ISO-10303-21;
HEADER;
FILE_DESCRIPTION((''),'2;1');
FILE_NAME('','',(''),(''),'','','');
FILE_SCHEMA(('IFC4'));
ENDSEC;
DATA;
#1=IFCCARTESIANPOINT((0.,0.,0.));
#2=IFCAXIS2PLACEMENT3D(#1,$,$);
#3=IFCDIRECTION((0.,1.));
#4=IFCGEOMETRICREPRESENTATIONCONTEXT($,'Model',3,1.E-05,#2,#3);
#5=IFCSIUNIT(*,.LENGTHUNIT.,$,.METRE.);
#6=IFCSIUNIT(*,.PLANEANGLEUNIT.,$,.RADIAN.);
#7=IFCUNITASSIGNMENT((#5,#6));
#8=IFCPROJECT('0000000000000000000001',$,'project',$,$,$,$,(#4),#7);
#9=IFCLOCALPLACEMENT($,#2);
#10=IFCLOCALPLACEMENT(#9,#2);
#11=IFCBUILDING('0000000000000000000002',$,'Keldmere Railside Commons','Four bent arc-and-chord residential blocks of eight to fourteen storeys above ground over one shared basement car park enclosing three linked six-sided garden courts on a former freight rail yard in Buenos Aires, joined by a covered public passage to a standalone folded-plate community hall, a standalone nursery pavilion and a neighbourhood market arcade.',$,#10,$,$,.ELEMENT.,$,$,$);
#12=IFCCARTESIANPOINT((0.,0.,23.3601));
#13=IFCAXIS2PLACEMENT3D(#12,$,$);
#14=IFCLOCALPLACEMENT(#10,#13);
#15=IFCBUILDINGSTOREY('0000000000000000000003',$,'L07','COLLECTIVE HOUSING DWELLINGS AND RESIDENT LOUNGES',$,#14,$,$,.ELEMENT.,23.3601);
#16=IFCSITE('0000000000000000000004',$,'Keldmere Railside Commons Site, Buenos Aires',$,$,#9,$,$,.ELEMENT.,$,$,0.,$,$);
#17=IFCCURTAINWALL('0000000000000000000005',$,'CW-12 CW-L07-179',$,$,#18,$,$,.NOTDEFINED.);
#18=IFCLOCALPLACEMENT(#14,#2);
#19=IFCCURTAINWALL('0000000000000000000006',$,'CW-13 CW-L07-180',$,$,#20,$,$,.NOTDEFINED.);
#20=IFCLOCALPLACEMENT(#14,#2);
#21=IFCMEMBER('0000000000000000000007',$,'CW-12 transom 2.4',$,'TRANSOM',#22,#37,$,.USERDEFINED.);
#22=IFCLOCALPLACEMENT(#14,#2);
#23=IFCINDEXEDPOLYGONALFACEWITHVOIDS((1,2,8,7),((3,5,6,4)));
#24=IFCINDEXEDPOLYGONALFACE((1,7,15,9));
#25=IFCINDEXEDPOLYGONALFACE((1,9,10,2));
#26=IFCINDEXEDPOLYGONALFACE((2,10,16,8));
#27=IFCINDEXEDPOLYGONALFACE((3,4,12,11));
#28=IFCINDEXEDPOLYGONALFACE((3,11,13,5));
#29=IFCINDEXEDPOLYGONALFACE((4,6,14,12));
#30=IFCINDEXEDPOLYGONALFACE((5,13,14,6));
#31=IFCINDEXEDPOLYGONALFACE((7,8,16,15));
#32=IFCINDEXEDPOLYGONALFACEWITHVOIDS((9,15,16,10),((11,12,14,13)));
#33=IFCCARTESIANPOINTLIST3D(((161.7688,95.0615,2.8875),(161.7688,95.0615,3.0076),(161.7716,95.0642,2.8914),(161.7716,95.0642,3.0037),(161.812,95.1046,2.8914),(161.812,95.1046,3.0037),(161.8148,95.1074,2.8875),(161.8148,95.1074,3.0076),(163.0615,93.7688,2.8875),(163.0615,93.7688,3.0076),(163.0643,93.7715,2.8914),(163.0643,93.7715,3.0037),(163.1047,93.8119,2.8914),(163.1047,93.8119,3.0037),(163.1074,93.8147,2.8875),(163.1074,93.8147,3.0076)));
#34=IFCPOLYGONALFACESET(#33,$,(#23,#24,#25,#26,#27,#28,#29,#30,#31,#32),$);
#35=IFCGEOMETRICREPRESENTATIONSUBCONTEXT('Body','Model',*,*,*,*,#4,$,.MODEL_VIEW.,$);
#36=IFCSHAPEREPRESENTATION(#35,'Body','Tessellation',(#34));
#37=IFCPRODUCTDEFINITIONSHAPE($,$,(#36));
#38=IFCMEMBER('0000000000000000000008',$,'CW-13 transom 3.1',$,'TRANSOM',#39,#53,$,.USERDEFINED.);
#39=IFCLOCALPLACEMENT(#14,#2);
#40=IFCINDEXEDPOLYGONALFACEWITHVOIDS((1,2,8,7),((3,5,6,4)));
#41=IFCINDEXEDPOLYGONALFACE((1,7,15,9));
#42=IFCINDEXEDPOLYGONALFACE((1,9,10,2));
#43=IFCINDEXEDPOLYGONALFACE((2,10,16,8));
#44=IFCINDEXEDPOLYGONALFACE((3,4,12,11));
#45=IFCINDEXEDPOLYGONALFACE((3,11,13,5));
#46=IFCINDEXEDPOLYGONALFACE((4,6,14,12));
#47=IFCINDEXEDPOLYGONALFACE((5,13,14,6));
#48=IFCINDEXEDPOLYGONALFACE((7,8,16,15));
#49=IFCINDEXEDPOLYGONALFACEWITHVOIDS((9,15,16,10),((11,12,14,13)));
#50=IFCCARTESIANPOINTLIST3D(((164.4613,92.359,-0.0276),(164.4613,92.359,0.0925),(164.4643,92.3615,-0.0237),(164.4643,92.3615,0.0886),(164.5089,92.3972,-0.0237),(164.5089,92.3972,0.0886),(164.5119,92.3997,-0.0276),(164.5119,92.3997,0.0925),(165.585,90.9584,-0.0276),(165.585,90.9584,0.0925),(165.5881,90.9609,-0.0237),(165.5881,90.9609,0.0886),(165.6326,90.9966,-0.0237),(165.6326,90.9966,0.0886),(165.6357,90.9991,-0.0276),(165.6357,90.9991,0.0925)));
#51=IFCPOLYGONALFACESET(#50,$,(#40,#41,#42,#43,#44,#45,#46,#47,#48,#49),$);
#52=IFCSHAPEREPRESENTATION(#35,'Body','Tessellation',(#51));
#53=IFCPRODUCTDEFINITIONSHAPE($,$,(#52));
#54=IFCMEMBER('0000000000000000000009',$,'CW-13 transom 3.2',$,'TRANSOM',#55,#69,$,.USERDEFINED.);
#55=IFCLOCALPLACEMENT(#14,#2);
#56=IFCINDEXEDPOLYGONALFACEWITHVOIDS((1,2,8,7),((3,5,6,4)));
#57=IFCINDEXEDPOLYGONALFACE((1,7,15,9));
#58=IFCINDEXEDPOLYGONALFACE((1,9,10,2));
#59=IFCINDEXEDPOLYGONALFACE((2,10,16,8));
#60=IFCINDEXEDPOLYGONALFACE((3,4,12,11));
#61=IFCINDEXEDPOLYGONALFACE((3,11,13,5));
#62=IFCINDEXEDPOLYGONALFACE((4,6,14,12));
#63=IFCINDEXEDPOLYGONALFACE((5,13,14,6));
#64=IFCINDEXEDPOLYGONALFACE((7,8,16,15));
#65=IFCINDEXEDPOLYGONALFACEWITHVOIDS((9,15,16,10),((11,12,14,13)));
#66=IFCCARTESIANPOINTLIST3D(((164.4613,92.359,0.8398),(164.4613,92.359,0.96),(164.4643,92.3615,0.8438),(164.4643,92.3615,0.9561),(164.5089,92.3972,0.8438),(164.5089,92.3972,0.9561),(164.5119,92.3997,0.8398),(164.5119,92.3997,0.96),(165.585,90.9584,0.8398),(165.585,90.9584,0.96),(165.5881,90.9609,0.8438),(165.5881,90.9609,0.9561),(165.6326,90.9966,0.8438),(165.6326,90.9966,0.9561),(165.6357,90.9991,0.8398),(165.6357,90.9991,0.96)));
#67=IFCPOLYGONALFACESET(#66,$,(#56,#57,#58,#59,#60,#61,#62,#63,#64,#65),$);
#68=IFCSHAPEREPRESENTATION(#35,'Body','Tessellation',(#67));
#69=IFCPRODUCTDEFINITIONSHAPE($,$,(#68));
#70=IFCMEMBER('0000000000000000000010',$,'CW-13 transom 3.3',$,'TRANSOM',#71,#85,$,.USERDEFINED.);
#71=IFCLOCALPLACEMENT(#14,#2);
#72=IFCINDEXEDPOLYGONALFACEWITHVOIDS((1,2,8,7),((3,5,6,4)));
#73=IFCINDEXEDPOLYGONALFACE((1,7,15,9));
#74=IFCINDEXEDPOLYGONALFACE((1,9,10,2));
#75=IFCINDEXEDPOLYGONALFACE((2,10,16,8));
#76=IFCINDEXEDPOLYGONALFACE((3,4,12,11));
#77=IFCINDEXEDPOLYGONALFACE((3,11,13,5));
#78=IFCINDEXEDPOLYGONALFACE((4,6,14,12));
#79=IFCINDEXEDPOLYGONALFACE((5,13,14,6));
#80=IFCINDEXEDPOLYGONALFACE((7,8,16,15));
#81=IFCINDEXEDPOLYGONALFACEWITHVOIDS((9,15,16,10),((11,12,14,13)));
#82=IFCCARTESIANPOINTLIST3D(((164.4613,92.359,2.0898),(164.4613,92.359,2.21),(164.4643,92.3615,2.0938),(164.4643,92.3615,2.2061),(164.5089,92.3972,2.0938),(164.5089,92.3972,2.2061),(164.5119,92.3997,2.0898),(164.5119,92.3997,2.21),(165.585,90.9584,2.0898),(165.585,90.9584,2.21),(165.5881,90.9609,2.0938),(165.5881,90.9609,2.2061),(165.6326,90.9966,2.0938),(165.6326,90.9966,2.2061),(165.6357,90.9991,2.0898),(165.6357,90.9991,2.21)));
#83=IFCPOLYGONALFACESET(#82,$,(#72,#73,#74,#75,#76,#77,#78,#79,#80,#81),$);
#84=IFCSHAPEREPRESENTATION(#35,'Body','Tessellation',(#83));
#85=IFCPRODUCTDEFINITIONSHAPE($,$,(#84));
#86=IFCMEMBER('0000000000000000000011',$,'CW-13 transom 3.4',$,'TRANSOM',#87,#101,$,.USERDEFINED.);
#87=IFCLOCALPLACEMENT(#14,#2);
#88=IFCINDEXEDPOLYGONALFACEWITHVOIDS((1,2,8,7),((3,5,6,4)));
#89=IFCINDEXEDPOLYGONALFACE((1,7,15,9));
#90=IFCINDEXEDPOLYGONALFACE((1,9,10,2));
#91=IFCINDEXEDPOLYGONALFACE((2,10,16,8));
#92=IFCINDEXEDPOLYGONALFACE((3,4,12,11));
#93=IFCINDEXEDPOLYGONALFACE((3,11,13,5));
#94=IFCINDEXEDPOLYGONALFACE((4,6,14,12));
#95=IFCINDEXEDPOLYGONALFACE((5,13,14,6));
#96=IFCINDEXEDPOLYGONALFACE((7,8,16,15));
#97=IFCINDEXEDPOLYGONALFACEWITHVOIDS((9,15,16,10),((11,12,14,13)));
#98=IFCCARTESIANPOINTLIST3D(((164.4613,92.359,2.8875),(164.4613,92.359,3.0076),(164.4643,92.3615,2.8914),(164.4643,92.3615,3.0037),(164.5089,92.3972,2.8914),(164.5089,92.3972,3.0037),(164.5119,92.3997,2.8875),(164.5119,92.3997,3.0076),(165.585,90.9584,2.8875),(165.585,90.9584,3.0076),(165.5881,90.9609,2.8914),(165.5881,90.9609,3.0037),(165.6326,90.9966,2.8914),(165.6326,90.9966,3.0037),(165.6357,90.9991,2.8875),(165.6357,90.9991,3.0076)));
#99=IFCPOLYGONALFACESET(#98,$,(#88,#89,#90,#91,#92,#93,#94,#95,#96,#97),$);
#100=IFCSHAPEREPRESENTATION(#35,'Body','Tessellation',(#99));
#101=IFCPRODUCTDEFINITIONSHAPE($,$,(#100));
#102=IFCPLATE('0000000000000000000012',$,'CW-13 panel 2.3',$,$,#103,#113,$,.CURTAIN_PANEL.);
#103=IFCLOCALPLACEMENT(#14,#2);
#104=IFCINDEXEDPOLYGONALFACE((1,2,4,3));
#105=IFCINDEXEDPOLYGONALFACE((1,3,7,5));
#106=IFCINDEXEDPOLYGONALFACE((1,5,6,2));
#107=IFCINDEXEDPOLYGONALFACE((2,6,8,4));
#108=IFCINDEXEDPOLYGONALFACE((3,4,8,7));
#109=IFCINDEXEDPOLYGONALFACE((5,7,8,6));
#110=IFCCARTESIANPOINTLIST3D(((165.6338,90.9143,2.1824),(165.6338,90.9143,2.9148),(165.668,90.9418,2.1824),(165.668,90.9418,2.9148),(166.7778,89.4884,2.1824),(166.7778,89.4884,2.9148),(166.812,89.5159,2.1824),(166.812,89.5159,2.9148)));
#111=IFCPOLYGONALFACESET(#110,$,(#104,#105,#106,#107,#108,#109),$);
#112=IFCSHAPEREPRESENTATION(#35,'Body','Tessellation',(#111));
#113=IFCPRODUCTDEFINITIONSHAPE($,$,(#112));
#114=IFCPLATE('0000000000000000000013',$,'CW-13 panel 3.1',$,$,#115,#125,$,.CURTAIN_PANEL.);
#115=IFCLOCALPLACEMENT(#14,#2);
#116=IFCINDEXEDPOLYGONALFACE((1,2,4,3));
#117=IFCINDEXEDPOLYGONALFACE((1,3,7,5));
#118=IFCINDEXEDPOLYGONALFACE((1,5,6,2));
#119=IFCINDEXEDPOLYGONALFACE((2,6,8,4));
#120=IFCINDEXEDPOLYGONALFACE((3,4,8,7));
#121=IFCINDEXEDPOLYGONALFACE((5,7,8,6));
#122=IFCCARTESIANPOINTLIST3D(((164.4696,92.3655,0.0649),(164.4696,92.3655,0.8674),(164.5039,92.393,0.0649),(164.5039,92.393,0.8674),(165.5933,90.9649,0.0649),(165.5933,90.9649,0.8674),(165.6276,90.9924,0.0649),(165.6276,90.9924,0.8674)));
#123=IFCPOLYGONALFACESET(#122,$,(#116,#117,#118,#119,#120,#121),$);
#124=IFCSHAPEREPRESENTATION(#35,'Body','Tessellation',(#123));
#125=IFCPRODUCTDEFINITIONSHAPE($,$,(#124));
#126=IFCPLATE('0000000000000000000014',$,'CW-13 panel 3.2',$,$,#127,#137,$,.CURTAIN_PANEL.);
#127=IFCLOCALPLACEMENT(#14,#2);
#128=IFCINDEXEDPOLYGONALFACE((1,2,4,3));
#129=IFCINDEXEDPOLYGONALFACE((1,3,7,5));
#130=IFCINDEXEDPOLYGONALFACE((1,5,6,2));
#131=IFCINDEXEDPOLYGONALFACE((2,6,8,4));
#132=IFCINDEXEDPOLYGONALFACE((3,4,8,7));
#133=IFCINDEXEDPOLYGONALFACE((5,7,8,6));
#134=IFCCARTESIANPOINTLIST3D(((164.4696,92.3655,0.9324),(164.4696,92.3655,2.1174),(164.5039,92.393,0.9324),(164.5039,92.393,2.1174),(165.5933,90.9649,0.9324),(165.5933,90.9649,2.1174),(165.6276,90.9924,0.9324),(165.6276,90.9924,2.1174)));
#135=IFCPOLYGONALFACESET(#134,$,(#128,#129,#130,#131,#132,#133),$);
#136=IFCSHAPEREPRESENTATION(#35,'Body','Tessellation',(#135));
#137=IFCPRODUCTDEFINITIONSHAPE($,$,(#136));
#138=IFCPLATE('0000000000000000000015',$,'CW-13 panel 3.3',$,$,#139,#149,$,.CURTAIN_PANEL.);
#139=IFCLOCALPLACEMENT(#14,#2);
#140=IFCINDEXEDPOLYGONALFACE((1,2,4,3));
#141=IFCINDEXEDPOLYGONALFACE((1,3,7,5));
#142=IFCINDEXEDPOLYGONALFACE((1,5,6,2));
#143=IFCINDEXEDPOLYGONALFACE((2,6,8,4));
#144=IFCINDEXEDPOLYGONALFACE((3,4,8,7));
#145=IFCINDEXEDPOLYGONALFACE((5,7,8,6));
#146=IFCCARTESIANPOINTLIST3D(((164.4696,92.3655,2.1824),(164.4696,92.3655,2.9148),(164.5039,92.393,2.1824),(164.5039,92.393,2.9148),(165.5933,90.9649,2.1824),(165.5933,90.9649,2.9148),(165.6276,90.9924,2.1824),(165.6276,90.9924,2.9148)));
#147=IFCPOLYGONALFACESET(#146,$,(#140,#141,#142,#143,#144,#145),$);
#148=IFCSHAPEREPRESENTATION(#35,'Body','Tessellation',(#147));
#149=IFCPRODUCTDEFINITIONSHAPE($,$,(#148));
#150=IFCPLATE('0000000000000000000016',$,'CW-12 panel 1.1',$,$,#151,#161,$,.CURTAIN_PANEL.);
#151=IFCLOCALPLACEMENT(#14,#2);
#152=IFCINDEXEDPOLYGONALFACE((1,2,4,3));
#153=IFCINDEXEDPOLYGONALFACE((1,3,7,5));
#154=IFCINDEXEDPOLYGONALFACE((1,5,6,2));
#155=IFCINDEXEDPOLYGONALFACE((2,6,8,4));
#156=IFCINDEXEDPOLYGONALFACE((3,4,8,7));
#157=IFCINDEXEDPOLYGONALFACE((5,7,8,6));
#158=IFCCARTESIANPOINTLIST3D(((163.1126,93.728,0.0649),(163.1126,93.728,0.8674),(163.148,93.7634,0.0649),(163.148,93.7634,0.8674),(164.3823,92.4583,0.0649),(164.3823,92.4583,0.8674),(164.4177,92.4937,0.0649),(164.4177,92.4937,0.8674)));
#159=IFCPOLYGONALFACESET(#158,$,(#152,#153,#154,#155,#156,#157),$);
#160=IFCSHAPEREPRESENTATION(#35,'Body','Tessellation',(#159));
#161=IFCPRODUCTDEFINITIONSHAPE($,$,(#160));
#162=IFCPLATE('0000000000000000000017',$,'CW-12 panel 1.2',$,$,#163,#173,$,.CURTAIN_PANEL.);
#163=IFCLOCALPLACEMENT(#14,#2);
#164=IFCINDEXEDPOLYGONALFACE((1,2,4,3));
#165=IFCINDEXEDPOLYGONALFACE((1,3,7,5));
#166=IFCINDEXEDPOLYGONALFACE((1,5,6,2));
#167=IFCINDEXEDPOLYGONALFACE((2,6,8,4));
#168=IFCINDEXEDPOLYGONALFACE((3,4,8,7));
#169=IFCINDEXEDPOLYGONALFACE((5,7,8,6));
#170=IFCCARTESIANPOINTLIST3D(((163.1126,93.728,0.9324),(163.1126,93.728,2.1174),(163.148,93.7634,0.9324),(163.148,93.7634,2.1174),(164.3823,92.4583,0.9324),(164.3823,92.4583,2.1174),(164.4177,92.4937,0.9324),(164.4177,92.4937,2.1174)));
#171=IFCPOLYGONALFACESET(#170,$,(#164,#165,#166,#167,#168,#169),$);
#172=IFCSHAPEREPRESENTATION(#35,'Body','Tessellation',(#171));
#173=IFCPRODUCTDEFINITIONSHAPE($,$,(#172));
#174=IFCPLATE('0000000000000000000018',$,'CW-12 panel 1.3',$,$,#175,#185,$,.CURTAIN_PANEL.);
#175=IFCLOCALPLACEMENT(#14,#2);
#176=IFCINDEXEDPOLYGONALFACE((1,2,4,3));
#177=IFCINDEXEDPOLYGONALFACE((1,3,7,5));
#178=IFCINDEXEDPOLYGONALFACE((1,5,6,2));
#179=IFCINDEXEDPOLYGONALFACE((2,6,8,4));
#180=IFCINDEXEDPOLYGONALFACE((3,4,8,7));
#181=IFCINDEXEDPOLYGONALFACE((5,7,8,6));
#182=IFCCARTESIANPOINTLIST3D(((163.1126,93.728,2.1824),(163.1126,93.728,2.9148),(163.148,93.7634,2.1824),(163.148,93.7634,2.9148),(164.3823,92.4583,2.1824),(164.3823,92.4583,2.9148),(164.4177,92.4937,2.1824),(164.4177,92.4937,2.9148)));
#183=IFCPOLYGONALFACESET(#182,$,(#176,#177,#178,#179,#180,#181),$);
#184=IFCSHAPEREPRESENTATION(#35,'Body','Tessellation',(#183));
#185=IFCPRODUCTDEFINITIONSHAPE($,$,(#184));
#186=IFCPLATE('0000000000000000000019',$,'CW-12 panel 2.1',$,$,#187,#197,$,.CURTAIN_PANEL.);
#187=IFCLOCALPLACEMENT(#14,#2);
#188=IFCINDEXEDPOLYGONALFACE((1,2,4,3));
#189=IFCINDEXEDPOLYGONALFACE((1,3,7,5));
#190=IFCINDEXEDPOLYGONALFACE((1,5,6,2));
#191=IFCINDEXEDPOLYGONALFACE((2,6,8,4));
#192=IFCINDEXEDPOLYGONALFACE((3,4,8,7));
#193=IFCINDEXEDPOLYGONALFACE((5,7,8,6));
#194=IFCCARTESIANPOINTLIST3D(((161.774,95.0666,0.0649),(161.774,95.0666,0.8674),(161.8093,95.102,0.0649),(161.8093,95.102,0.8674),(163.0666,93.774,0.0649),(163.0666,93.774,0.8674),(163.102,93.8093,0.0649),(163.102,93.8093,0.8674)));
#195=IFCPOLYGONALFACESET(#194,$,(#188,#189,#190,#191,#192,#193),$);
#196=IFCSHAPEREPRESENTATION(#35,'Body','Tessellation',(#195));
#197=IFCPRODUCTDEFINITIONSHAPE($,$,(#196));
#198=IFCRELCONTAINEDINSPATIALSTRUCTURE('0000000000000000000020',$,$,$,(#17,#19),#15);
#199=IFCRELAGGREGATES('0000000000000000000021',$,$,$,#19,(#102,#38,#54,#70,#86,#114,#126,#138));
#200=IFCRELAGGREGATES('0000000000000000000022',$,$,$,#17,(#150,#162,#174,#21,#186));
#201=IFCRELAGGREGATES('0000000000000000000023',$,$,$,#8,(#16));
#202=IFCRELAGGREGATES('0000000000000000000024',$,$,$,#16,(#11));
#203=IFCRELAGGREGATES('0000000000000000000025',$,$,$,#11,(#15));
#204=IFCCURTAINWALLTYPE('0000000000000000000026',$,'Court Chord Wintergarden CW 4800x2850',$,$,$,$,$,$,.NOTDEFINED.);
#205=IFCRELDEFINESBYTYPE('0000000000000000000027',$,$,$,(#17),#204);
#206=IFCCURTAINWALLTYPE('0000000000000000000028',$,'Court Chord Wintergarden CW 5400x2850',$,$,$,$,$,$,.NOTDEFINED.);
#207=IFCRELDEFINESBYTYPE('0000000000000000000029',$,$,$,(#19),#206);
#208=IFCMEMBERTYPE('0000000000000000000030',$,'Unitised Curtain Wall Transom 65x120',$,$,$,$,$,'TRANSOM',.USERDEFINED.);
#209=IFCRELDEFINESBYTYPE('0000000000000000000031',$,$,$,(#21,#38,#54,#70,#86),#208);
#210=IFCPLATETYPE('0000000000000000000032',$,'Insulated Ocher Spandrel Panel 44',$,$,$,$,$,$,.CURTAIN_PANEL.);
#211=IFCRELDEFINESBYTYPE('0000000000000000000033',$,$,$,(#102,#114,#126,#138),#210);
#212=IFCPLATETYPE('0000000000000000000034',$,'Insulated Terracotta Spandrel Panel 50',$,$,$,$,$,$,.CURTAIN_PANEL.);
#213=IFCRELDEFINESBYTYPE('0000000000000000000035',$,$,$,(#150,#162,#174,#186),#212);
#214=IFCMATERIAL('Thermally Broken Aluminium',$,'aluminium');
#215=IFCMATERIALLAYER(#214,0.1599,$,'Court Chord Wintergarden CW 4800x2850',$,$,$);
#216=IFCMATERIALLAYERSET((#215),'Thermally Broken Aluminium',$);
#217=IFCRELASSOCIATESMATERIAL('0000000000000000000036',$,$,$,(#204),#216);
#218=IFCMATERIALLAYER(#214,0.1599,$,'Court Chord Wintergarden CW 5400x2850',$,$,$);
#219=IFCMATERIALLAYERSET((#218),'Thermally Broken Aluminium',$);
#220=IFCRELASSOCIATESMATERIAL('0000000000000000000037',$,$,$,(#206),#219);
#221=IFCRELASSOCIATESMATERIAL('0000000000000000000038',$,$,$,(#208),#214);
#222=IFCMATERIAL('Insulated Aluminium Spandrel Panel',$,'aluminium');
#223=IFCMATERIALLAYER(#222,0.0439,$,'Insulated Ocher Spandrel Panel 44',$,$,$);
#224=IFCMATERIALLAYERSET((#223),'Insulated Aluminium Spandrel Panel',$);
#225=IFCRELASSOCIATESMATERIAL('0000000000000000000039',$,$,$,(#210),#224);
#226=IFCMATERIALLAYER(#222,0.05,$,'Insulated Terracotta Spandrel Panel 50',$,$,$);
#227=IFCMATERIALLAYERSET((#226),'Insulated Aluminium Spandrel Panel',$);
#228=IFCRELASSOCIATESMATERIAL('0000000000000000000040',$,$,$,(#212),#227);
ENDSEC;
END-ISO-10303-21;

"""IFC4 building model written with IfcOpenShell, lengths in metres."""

from ifc_helpers import new_model, si_unit, direction, frame, origin, origin_2d, place, context, subcontext, project, spatial, rectangle, hollow_rectangle, extrude, material, layer, layer_set, material_profile, profile_set, type_object, element, aggregate, save


model = new_model("IFC4")

# Units and contexts
model_context = context("Model", 3, precision=1e-05, world=origin(), true_north=direction((0.0, 1.0)))
body_context = subcontext(model_context, "Body", "Model", "MODEL_VIEW")
ifc_project = project(units=[si_unit("LENGTHUNIT", "METRE"), si_unit("PLANEANGLEUNIT", "RADIAN")], contexts=[model_context])

# Site, building, storey
site_placement = place(None, origin())
site = spatial("IfcSite", under=ifc_project, at=site_placement, Name="Keldmere Railside Commons Site, Buenos Aires", CompositionType="ELEMENT", RefElevation=0.0)
building_placement = place(site_placement, origin())
building = spatial("IfcBuilding", under=site, at=building_placement, Name="Keldmere Railside Commons", Description="Four bent arc-and-chord residential blocks of eight to fourteen storeys above ground over one shared basement car park enclosing three linked six-sided garden courts on a former freight rail yard in Buenos Aires, joined by a covered public passage to a standalone folded-plate community hall, a standalone nursery pavilion and a neighbourhood market arcade.", CompositionType="ELEMENT")
storey_placement = place(building_placement, frame((0.0, 0.0, 23.3601)))
storey = spatial("IfcBuildingStorey", under=building, at=storey_placement, Name="L07", Description="COLLECTIVE HOUSING DWELLINGS AND RESIDENT LOUNGES", CompositionType="ELEMENT", Elevation=23.3601)

# Curtain walls
ifc_material_1 = material(Name="Thermally Broken Aluminium", Category="aluminium")
ifc_layer_1 = layer(ifc_material_1, 0.1599, Name="Court Chord Wintergarden CW 4800x2850")
ifc_layer_set_1 = layer_set([ifc_layer_1], Name="Thermally Broken Aluminium")
curtain_wall_type_1 = type_object("IfcCurtainWallType", Name="Court Chord Wintergarden CW 4800x2850", PredefinedType="NOTDEFINED", material=ifc_layer_set_1)
curtain_wall_1_placement = place(storey_placement, origin())
curtain_wall_1 = element("IfcCurtainWall", 1, at=curtain_wall_1_placement, inside=storey, type_object=curtain_wall_type_1, Name="CW-12 CW-L07-179", PredefinedType="NOTDEFINED")
ifc_layer_2 = layer(ifc_material_1, 0.1599, Name="Court Chord Wintergarden CW 5400x2850")
ifc_layer_set_2 = layer_set([ifc_layer_2], Name="Thermally Broken Aluminium")
curtain_wall_type_2 = type_object("IfcCurtainWallType", Name="Court Chord Wintergarden CW 5400x2850", PredefinedType="NOTDEFINED", material=ifc_layer_set_2)
curtain_wall_2_placement = place(storey_placement, origin())
curtain_wall_2 = element("IfcCurtainWall", 2, at=curtain_wall_2_placement, inside=storey, type_object=curtain_wall_type_2, Name="CW-13 CW-L07-180", PredefinedType="NOTDEFINED")

# Members
ifc_material_profile_1 = material_profile(ifc_material_1, hollow_rectangle(XDim=0.0649, YDim=0.1201, WallThickness=0.0039, at=origin_2d()), Name="ALU-TRAN-65x120")
ifc_profile_set_1 = profile_set([ifc_material_profile_1], Name="Thermally Broken Aluminium")
member_type_1 = type_object("IfcMemberType", Name="Unitised Curtain Wall Transom 65x120", ElementType="TRANSOM", PredefinedType="USERDEFINED", material=ifc_profile_set_1)
member_1_placement = place(storey_placement, frame((163.0845, 93.7917, 2.9475), z_axis=(-0.707107, 0.707107, 0.0), x_axis=(-0.707107, -0.707107, 0.0)))
member_1 = element("IfcMember", 3, at=member_1_placement, type_object=member_type_1, Name="CW-12 transom 2.4", ObjectType="TRANSOM", PredefinedType="USERDEFINED", context=body_context, shape_type="SweptSolid", body=[
    extrude(hollow_rectangle(XDim=0.0649, YDim=0.1201, WallThickness=0.0039, at=origin_2d()), origin(), (0.0, 0.0, 1.0), 1.8281),
])
member_2_placement = place(storey_placement, frame((165.6104, 90.9788, 0.0325), z_axis=(-0.625805, 0.779979, 0.0), x_axis=(-0.779979, -0.625805, 0.0)))
member_2 = element("IfcMember", 4, at=member_2_placement, type_object=member_type_1, Name="CW-13 transom 3.1", ObjectType="TRANSOM", PredefinedType="USERDEFINED", context=body_context, shape_type="SweptSolid", body=[
    extrude(hollow_rectangle(XDim=0.0649, YDim=0.1201, WallThickness=0.0039, at=origin_2d()), origin(), (0.0, 0.0, 1.0), 1.7957),
])
member_3_placement = place(storey_placement, frame((165.6104, 90.9788, 0.8999), z_axis=(-0.625805, 0.779979, 0.0), x_axis=(-0.779979, -0.625805, 0.0)))
member_3 = element("IfcMember", 5, at=member_3_placement, type_object=member_type_1, Name="CW-13 transom 3.2", ObjectType="TRANSOM", PredefinedType="USERDEFINED", context=body_context, shape_type="SweptSolid", body=[
    extrude(hollow_rectangle(XDim=0.0649, YDim=0.1201, WallThickness=0.0039, at=origin_2d()), origin(), (0.0, 0.0, 1.0), 1.7957),
])
member_4_placement = place(storey_placement, frame((165.6104, 90.9788, 2.1499), z_axis=(-0.625805, 0.779979, 0.0), x_axis=(-0.779979, -0.625805, 0.0)))
member_4 = element("IfcMember", 6, at=member_4_placement, type_object=member_type_1, Name="CW-13 transom 3.3", ObjectType="TRANSOM", PredefinedType="USERDEFINED", context=body_context, shape_type="SweptSolid", body=[
    extrude(hollow_rectangle(XDim=0.0649, YDim=0.1201, WallThickness=0.0039, at=origin_2d()), origin(), (0.0, 0.0, 1.0), 1.7957),
])
member_5_placement = place(storey_placement, frame((165.6104, 90.9788, 2.9475), z_axis=(-0.625805, 0.779979, 0.0), x_axis=(-0.779979, -0.625805, 0.0)))
member_5 = element("IfcMember", 7, at=member_5_placement, type_object=member_type_1, Name="CW-13 transom 3.4", ObjectType="TRANSOM", PredefinedType="USERDEFINED", context=body_context, shape_type="SweptSolid", body=[
    extrude(hollow_rectangle(XDim=0.0649, YDim=0.1201, WallThickness=0.0039, at=origin_2d()), origin(), (0.0, 0.0, 1.0), 1.7957),
])

# Plates
ifc_material_2 = material(Name="Insulated Aluminium Spandrel Panel", Category="aluminium")
ifc_layer_3 = layer(ifc_material_2, 0.0439, Name="Insulated Ocher Spandrel Panel 44")
ifc_layer_set_3 = layer_set([ifc_layer_3], Name="Insulated Aluminium Spandrel Panel")
plate_type_1 = type_object("IfcPlateType", Name="Insulated Ocher Spandrel Panel 44", PredefinedType="CURTAIN_PANEL", material=ifc_layer_set_3)
plate_1_placement = place(storey_placement, frame((166.2229, 90.2151, 2.1824), z_axis=(0.0, 0.0, 1.0), x_axis=(-0.625768, 0.780009, 0.0)))
plate_1 = element("IfcPlate", 8, at=plate_1_placement, type_object=plate_type_1, Name="CW-13 panel 2.3", PredefinedType="CURTAIN_PANEL", context=body_context, shape_type="SweptSolid", body=[
    extrude(rectangle(XDim=1.8281, YDim=0.0439, at=origin_2d()), origin(), (0.0, 0.0, 1.0), 0.7324),
])
plate_2_placement = place(storey_placement, frame((165.0486, 91.679, 0.0649), z_axis=(0.0, 0.0, 1.0), x_axis=(-0.625768, 0.780009, 0.0)))
plate_2 = element("IfcPlate", 9, at=plate_2_placement, type_object=plate_type_1, Name="CW-13 panel 3.1", PredefinedType="CURTAIN_PANEL", context=body_context, shape_type="SweptSolid", body=[
    extrude(rectangle(XDim=1.7957, YDim=0.0439, at=origin_2d()), origin(), (0.0, 0.0, 1.0), 0.8025),
])
plate_3_placement = place(storey_placement, frame((165.0486, 91.679, 0.9324), z_axis=(0.0, 0.0, 1.0), x_axis=(-0.625768, 0.780009, 0.0)))
plate_3 = element("IfcPlate", 10, at=plate_3_placement, type_object=plate_type_1, Name="CW-13 panel 3.2", PredefinedType="CURTAIN_PANEL", context=body_context, shape_type="SweptSolid", body=[
    extrude(rectangle(XDim=1.7957, YDim=0.0439, at=origin_2d()), origin(), (0.0, 0.0, 1.0), 1.1851),
])
plate_4_placement = place(storey_placement, frame((165.0486, 91.679, 2.1824), z_axis=(0.0, 0.0, 1.0), x_axis=(-0.625768, 0.780009, 0.0)))
plate_4 = element("IfcPlate", 11, at=plate_4_placement, type_object=plate_type_1, Name="CW-13 panel 3.3", PredefinedType="CURTAIN_PANEL", context=body_context, shape_type="SweptSolid", body=[
    extrude(rectangle(XDim=1.7957, YDim=0.0439, at=origin_2d()), origin(), (0.0, 0.0, 1.0), 0.7324),
])
aggregate(curtain_wall_2, [plate_1, member_2, member_3, member_4, member_5, plate_2, plate_3, plate_4])
ifc_layer_4 = layer(ifc_material_2, 0.05, Name="Insulated Terracotta Spandrel Panel 50")
ifc_layer_set_4 = layer_set([ifc_layer_4], Name="Insulated Aluminium Spandrel Panel")
plate_type_2 = type_object("IfcPlateType", Name="Insulated Terracotta Spandrel Panel 50", PredefinedType="CURTAIN_PANEL", material=ifc_layer_set_4)
plate_5_placement = place(storey_placement, frame((163.7651, 93.1108, 0.0649), z_axis=(0.0, 0.0, 1.0), x_axis=(-0.707107, 0.707107, 0.0)))
plate_5 = element("IfcPlate", 12, at=plate_5_placement, type_object=plate_type_2, Name="CW-12 panel 1.1", PredefinedType="CURTAIN_PANEL", context=body_context, shape_type="SweptSolid", body=[
    extrude(rectangle(XDim=1.7957, YDim=0.05, at=origin_2d()), origin(), (0.0, 0.0, 1.0), 0.8025),
])
plate_6_placement = place(storey_placement, frame((163.7651, 93.1108, 0.9324), z_axis=(0.0, 0.0, 1.0), x_axis=(-0.707107, 0.707107, 0.0)))
plate_6 = element("IfcPlate", 13, at=plate_6_placement, type_object=plate_type_2, Name="CW-12 panel 1.2", PredefinedType="CURTAIN_PANEL", context=body_context, shape_type="SweptSolid", body=[
    extrude(rectangle(XDim=1.7957, YDim=0.05, at=origin_2d()), origin(), (0.0, 0.0, 1.0), 1.1851),
])
plate_7_placement = place(storey_placement, frame((163.7651, 93.1108, 2.1824), z_axis=(0.0, 0.0, 1.0), x_axis=(-0.707107, 0.707107, 0.0)))
plate_7 = element("IfcPlate", 14, at=plate_7_placement, type_object=plate_type_2, Name="CW-12 panel 1.3", PredefinedType="CURTAIN_PANEL", context=body_context, shape_type="SweptSolid", body=[
    extrude(rectangle(XDim=1.7957, YDim=0.05, at=origin_2d()), origin(), (0.0, 0.0, 1.0), 0.7324),
])
plate_8_placement = place(storey_placement, frame((162.438, 94.438, 0.0649), z_axis=(0.0, 0.0, 1.0), x_axis=(-0.707107, 0.707107, 0.0)))
plate_8 = element("IfcPlate", 15, at=plate_8_placement, type_object=plate_type_2, Name="CW-12 panel 2.1", PredefinedType="CURTAIN_PANEL", context=body_context, shape_type="SweptSolid", body=[
    extrude(rectangle(XDim=1.8281, YDim=0.05, at=origin_2d()), origin(), (0.0, 0.0, 1.0), 0.8025),
])
aggregate(curtain_wall_1, [plate_5, plate_6, plate_7, member_1, plate_8])

save(model, "model.ifc")
